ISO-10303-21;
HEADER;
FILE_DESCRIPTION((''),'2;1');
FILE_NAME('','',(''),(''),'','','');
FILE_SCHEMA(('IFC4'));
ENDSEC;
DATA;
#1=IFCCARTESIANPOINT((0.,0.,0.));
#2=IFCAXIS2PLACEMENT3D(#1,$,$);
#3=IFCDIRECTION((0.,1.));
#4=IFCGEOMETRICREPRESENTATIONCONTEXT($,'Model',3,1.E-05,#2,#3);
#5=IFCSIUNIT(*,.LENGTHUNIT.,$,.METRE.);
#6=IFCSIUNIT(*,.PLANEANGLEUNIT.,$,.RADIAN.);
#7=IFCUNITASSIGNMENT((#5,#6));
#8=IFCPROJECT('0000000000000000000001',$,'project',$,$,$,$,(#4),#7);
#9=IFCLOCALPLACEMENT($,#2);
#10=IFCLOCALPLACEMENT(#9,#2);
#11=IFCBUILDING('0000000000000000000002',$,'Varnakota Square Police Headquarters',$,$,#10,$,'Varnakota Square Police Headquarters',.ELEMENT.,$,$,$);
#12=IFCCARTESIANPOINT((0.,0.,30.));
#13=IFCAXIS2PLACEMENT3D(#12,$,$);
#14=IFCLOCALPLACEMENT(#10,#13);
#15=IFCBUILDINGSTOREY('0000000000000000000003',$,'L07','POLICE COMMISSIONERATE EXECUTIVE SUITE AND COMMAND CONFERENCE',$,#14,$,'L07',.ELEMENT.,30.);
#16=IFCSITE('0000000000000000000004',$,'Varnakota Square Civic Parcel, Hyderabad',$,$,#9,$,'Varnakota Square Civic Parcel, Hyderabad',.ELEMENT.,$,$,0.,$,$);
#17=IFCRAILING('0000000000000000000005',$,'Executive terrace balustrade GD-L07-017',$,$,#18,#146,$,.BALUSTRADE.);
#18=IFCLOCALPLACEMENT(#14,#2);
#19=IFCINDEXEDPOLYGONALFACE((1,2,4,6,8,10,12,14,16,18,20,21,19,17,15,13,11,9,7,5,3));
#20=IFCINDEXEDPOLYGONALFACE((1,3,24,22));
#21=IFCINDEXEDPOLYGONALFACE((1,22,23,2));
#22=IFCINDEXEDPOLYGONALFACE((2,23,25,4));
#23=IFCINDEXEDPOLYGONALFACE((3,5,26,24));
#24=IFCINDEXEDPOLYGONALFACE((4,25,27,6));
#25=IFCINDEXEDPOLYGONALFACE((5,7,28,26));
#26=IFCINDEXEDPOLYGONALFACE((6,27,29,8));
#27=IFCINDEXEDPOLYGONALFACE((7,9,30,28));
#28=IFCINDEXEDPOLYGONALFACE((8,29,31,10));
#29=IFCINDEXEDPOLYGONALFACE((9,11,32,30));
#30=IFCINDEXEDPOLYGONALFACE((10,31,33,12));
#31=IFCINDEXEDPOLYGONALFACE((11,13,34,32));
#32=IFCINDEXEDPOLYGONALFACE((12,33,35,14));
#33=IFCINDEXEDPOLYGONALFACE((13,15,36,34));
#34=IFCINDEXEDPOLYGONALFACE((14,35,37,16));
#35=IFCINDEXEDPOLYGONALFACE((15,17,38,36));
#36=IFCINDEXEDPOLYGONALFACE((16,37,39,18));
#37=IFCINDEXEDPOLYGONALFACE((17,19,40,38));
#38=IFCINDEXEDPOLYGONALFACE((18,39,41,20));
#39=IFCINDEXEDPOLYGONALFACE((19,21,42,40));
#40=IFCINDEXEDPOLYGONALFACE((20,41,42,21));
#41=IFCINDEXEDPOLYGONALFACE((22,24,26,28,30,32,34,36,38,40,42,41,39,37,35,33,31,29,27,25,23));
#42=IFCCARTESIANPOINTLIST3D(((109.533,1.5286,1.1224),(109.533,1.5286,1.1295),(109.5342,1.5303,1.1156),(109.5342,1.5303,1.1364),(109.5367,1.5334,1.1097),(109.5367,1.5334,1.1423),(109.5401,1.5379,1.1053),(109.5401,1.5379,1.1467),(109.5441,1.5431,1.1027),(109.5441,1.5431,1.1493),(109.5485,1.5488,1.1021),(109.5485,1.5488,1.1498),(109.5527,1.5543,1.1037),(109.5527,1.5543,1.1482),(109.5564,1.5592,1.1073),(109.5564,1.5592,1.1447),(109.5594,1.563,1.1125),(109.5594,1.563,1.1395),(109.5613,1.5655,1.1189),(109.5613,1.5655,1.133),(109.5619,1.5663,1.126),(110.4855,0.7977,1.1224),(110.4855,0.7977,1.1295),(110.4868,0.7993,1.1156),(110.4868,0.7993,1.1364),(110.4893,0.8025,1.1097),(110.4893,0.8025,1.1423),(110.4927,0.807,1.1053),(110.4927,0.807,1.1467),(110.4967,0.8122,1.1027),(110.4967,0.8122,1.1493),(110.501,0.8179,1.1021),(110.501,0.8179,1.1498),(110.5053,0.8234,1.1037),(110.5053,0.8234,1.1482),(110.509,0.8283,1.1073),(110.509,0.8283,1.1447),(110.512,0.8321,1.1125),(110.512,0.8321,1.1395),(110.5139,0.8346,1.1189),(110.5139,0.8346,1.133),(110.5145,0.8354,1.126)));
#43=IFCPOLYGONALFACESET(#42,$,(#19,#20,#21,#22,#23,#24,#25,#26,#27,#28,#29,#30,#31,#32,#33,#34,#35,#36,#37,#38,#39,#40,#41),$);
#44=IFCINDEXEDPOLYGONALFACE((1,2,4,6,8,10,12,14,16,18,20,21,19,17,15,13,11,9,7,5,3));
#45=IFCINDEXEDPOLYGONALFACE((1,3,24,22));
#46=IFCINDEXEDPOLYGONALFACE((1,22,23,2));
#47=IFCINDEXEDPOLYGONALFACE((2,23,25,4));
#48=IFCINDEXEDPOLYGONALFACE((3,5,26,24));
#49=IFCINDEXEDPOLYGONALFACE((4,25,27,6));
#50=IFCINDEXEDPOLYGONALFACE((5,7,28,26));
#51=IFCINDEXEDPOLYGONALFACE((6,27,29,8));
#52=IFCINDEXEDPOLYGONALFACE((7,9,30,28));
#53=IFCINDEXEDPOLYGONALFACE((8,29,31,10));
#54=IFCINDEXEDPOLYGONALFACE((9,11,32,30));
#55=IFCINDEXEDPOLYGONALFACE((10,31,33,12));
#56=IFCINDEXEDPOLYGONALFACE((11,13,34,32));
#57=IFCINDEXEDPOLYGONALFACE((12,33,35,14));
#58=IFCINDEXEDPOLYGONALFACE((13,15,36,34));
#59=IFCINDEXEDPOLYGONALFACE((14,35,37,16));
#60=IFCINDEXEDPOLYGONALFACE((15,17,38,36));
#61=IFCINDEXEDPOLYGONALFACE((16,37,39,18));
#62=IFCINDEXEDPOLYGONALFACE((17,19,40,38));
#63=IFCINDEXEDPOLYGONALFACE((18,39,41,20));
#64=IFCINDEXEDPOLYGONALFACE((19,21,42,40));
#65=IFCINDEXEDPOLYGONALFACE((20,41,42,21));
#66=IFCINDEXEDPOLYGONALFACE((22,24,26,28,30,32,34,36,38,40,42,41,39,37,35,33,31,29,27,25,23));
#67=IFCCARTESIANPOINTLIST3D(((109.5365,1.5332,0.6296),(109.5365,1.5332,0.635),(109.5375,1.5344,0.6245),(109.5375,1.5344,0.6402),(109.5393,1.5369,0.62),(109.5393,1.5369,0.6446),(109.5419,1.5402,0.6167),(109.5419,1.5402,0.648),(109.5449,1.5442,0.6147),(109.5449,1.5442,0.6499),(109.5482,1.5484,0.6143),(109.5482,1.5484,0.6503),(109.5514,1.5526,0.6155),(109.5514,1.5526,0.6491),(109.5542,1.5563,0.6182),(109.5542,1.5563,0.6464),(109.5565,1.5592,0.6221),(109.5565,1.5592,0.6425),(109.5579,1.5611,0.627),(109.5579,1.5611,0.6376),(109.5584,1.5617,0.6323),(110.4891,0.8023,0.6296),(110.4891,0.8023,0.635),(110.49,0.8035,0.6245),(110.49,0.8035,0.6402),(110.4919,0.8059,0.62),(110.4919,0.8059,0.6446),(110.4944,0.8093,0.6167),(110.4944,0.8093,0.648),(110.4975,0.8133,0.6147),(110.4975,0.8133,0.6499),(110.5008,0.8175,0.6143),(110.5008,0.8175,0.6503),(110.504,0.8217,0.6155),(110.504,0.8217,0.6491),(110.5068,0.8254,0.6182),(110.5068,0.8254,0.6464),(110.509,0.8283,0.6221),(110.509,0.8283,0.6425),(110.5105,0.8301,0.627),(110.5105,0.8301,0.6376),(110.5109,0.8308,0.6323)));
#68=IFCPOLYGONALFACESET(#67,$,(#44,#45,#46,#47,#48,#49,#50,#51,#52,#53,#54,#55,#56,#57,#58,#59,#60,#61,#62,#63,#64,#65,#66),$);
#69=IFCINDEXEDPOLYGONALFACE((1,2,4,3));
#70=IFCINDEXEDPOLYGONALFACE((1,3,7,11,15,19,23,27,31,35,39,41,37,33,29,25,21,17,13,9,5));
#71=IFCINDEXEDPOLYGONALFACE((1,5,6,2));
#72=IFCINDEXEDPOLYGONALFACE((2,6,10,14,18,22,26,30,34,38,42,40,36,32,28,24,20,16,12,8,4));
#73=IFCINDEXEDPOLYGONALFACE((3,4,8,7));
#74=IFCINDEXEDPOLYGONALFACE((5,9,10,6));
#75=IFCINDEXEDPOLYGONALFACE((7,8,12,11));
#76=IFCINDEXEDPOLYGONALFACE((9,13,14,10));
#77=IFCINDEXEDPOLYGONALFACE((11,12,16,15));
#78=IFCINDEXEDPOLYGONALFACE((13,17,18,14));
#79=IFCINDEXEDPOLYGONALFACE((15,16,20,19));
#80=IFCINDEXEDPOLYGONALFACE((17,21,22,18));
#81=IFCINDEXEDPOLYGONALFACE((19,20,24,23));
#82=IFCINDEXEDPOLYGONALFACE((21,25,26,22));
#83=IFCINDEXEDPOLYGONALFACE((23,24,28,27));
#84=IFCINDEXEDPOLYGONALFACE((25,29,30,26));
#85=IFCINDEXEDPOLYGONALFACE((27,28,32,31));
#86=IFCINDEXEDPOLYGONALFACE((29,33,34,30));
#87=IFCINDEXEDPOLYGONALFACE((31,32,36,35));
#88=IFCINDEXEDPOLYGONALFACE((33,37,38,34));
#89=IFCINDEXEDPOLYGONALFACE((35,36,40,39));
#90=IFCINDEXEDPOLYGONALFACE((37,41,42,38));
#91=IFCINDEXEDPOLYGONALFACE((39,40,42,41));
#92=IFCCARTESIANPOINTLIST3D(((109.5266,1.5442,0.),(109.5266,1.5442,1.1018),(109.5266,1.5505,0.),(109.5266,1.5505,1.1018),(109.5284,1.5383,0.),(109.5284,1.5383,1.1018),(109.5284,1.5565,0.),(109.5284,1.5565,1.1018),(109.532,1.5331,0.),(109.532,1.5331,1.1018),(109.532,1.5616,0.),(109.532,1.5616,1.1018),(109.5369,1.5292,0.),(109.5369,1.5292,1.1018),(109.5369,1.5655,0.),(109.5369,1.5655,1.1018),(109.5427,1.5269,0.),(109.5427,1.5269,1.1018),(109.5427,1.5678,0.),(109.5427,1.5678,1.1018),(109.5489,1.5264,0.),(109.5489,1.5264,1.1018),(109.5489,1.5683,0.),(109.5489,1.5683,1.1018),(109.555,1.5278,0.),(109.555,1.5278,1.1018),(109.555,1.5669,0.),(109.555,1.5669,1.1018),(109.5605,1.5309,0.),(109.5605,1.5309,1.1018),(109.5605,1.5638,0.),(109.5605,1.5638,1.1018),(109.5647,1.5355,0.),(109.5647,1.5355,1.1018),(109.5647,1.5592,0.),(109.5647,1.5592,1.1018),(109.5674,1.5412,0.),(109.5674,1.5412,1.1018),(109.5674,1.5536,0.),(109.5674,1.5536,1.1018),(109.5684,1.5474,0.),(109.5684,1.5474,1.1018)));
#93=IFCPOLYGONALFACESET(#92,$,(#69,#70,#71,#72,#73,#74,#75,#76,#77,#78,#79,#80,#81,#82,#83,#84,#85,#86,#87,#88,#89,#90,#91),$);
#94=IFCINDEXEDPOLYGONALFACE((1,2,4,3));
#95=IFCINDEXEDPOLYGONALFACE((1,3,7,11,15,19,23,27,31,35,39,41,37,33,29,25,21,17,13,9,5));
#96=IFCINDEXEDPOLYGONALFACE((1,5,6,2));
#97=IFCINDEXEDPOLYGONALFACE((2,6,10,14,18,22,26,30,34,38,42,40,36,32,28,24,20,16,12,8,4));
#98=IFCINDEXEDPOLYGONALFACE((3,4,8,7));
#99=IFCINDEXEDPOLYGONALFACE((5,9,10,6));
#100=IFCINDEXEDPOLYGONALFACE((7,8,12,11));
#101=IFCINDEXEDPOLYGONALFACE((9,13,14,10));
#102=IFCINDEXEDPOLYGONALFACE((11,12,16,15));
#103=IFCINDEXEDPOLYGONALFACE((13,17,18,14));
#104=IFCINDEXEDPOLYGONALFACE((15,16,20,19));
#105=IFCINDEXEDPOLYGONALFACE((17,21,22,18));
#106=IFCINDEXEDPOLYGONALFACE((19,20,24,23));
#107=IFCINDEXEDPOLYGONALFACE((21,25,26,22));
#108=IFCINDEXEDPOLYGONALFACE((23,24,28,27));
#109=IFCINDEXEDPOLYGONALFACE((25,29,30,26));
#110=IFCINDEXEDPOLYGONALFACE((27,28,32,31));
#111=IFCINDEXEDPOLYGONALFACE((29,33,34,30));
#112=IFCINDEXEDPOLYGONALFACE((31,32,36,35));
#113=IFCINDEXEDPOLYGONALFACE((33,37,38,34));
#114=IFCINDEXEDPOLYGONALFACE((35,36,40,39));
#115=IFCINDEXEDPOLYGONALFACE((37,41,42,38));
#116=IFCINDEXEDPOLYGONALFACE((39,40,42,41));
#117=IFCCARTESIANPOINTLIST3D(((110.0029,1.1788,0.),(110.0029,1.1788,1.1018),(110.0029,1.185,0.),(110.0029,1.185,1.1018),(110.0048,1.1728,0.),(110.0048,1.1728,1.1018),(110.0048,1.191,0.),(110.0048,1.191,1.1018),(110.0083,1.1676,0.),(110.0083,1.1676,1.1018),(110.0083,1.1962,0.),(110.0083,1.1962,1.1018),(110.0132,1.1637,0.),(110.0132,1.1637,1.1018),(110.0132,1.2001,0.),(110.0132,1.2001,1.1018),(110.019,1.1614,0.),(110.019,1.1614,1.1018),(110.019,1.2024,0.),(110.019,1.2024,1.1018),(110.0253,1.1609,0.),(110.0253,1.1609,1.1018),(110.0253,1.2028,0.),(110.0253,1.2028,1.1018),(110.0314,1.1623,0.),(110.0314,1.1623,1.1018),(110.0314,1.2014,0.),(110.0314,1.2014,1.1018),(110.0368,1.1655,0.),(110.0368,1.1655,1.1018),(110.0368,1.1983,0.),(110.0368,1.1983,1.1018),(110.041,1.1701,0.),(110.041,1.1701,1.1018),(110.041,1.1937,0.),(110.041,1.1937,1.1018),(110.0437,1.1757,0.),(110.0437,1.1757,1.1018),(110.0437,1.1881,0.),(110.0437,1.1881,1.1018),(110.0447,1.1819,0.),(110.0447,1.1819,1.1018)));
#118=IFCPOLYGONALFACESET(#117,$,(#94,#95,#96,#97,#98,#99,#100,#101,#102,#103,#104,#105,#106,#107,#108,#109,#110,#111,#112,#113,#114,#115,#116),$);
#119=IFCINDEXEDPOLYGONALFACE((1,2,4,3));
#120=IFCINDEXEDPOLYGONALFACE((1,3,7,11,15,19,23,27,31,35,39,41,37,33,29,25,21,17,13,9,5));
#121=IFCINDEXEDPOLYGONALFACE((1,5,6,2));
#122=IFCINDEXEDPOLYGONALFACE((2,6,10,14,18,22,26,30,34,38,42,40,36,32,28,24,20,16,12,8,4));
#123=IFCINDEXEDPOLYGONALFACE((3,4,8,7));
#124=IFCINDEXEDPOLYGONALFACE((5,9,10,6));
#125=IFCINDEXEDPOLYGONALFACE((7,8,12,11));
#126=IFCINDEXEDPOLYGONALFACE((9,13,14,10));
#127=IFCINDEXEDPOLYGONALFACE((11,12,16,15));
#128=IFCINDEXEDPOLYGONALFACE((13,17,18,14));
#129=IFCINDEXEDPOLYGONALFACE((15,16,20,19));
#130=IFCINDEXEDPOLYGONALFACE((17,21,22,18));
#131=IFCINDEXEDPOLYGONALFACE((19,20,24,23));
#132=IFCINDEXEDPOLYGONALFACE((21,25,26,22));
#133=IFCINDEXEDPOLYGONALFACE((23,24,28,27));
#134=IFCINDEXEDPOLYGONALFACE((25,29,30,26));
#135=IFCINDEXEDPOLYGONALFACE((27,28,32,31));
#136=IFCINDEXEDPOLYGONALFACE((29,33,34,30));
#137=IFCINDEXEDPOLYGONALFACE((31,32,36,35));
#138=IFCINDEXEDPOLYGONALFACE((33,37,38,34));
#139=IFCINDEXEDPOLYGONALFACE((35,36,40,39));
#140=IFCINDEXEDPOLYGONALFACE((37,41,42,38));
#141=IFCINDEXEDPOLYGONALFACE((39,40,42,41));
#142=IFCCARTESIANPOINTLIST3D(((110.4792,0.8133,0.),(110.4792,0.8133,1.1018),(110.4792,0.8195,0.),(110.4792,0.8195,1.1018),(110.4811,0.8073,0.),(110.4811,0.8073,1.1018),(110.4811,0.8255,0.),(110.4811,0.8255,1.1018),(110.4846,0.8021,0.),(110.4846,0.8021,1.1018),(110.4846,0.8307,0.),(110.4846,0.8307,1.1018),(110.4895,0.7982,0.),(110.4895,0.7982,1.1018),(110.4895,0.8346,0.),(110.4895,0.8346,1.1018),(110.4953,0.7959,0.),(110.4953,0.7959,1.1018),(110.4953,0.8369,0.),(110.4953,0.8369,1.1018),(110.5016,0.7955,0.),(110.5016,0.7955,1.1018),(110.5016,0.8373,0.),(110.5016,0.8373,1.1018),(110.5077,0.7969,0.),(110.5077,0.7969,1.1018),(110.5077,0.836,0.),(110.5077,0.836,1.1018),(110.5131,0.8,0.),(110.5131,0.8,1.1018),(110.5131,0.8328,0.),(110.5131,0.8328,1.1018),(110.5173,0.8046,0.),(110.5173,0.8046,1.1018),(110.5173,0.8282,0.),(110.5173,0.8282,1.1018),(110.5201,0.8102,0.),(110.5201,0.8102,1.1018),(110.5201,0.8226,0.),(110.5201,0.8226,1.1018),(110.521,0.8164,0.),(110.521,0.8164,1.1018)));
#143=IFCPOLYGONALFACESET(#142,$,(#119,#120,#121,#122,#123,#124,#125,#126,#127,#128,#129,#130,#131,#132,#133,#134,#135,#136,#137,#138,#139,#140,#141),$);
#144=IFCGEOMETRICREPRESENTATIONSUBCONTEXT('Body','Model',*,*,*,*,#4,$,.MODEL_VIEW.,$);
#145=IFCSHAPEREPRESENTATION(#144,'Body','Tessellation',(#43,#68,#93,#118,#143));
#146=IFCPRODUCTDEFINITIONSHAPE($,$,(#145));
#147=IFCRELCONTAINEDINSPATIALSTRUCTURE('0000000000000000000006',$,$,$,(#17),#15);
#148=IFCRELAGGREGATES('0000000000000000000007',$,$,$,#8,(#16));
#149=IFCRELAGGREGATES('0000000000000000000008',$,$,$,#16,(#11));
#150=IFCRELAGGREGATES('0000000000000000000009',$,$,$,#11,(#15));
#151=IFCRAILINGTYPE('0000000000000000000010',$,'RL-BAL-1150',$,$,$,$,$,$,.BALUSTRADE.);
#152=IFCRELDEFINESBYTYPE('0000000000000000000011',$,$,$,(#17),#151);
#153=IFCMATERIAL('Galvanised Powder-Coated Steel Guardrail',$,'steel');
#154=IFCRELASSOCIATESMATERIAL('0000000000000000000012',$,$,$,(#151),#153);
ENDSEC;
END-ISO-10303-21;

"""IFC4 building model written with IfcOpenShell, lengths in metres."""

from ifc_helpers import new_model, si_unit, direction, frame, origin, origin_2d, place, context, subcontext, project, spatial, circle, extrude, material, type_object, element, save


model = new_model("IFC4")

# Units and contexts
model_context = context("Model", 3, precision=1e-05, world=origin(), true_north=direction((0.0, 1.0)))
body_context = subcontext(model_context, "Body", "Model", "MODEL_VIEW")
ifc_project = project(units=[si_unit("LENGTHUNIT", "METRE"), si_unit("PLANEANGLEUNIT", "RADIAN")], contexts=[model_context])

# Site, building, storey
site_placement = place(None, origin())
site = spatial("IfcSite", under=ifc_project, at=site_placement, Name="Varnakota Square Civic Parcel, Hyderabad", LongName="Varnakota Square Civic Parcel, Hyderabad", CompositionType="ELEMENT", RefElevation=0.0)
building_placement = place(site_placement, origin())
building = spatial("IfcBuilding", under=site, at=building_placement, Name="Varnakota Square Police Headquarters", LongName="Varnakota Square Police Headquarters", CompositionType="ELEMENT")
storey_placement = place(building_placement, frame((0.0, 0.0, 30.0)))
storey = spatial("IfcBuildingStorey", under=building, at=storey_placement, Name="L07", Description="POLICE COMMISSIONERATE EXECUTIVE SUITE AND COMMAND CONFERENCE", LongName="L07", CompositionType="ELEMENT", Elevation=30.0)

# Railing
ifc_material_1 = material(Name="Galvanised Powder-Coated Steel Guardrail", Category="steel")
railing_type = type_object("IfcRailingType", Name="RL-BAL-1150", PredefinedType="BALUSTRADE", material=ifc_material_1)
railing_1_placement = place(storey_placement, frame((109.5474, 1.5474, 0.0)))
element("IfcRailing", 1, at=railing_1_placement, inside=storey, type_object=railing_type, Name="Executive terrace balustrade GD-L07-017", PredefinedType="BALUSTRADE", context=body_context, shape_type="SweptSolid", body=[
    extrude(circle(Radius=0.0239, at=origin_2d()), frame((0.0, 0.0, 1.126), z_axis=(0.793364, -0.608747, 0.0), x_axis=(0.608747, 0.793364, 0.0)), (0.0, 0.0, 1.0), 1.2007),
    extrude(circle(Radius=0.0181, at=origin_2d()), frame((0.0, 0.0, 0.6323), z_axis=(0.793364, -0.608747, 0.0), x_axis=(0.608747, 0.793364, 0.0)), (0.0, 0.0, 1.0), 1.2007),
    extrude(circle(Radius=0.021, at=origin_2d()), origin(), (0.0, 0.0, 1.0), 1.1018),
    extrude(circle(Radius=0.021, at=origin_2d()), frame((0.4763, -0.3655, 0.0)), (0.0, 0.0, 1.0), 1.1018),
    extrude(circle(Radius=0.021, at=origin_2d()), frame((0.9526, -0.731, 0.0)), (0.0, 0.0, 1.0), 1.1018),
])

save(model, "model.ifc")
